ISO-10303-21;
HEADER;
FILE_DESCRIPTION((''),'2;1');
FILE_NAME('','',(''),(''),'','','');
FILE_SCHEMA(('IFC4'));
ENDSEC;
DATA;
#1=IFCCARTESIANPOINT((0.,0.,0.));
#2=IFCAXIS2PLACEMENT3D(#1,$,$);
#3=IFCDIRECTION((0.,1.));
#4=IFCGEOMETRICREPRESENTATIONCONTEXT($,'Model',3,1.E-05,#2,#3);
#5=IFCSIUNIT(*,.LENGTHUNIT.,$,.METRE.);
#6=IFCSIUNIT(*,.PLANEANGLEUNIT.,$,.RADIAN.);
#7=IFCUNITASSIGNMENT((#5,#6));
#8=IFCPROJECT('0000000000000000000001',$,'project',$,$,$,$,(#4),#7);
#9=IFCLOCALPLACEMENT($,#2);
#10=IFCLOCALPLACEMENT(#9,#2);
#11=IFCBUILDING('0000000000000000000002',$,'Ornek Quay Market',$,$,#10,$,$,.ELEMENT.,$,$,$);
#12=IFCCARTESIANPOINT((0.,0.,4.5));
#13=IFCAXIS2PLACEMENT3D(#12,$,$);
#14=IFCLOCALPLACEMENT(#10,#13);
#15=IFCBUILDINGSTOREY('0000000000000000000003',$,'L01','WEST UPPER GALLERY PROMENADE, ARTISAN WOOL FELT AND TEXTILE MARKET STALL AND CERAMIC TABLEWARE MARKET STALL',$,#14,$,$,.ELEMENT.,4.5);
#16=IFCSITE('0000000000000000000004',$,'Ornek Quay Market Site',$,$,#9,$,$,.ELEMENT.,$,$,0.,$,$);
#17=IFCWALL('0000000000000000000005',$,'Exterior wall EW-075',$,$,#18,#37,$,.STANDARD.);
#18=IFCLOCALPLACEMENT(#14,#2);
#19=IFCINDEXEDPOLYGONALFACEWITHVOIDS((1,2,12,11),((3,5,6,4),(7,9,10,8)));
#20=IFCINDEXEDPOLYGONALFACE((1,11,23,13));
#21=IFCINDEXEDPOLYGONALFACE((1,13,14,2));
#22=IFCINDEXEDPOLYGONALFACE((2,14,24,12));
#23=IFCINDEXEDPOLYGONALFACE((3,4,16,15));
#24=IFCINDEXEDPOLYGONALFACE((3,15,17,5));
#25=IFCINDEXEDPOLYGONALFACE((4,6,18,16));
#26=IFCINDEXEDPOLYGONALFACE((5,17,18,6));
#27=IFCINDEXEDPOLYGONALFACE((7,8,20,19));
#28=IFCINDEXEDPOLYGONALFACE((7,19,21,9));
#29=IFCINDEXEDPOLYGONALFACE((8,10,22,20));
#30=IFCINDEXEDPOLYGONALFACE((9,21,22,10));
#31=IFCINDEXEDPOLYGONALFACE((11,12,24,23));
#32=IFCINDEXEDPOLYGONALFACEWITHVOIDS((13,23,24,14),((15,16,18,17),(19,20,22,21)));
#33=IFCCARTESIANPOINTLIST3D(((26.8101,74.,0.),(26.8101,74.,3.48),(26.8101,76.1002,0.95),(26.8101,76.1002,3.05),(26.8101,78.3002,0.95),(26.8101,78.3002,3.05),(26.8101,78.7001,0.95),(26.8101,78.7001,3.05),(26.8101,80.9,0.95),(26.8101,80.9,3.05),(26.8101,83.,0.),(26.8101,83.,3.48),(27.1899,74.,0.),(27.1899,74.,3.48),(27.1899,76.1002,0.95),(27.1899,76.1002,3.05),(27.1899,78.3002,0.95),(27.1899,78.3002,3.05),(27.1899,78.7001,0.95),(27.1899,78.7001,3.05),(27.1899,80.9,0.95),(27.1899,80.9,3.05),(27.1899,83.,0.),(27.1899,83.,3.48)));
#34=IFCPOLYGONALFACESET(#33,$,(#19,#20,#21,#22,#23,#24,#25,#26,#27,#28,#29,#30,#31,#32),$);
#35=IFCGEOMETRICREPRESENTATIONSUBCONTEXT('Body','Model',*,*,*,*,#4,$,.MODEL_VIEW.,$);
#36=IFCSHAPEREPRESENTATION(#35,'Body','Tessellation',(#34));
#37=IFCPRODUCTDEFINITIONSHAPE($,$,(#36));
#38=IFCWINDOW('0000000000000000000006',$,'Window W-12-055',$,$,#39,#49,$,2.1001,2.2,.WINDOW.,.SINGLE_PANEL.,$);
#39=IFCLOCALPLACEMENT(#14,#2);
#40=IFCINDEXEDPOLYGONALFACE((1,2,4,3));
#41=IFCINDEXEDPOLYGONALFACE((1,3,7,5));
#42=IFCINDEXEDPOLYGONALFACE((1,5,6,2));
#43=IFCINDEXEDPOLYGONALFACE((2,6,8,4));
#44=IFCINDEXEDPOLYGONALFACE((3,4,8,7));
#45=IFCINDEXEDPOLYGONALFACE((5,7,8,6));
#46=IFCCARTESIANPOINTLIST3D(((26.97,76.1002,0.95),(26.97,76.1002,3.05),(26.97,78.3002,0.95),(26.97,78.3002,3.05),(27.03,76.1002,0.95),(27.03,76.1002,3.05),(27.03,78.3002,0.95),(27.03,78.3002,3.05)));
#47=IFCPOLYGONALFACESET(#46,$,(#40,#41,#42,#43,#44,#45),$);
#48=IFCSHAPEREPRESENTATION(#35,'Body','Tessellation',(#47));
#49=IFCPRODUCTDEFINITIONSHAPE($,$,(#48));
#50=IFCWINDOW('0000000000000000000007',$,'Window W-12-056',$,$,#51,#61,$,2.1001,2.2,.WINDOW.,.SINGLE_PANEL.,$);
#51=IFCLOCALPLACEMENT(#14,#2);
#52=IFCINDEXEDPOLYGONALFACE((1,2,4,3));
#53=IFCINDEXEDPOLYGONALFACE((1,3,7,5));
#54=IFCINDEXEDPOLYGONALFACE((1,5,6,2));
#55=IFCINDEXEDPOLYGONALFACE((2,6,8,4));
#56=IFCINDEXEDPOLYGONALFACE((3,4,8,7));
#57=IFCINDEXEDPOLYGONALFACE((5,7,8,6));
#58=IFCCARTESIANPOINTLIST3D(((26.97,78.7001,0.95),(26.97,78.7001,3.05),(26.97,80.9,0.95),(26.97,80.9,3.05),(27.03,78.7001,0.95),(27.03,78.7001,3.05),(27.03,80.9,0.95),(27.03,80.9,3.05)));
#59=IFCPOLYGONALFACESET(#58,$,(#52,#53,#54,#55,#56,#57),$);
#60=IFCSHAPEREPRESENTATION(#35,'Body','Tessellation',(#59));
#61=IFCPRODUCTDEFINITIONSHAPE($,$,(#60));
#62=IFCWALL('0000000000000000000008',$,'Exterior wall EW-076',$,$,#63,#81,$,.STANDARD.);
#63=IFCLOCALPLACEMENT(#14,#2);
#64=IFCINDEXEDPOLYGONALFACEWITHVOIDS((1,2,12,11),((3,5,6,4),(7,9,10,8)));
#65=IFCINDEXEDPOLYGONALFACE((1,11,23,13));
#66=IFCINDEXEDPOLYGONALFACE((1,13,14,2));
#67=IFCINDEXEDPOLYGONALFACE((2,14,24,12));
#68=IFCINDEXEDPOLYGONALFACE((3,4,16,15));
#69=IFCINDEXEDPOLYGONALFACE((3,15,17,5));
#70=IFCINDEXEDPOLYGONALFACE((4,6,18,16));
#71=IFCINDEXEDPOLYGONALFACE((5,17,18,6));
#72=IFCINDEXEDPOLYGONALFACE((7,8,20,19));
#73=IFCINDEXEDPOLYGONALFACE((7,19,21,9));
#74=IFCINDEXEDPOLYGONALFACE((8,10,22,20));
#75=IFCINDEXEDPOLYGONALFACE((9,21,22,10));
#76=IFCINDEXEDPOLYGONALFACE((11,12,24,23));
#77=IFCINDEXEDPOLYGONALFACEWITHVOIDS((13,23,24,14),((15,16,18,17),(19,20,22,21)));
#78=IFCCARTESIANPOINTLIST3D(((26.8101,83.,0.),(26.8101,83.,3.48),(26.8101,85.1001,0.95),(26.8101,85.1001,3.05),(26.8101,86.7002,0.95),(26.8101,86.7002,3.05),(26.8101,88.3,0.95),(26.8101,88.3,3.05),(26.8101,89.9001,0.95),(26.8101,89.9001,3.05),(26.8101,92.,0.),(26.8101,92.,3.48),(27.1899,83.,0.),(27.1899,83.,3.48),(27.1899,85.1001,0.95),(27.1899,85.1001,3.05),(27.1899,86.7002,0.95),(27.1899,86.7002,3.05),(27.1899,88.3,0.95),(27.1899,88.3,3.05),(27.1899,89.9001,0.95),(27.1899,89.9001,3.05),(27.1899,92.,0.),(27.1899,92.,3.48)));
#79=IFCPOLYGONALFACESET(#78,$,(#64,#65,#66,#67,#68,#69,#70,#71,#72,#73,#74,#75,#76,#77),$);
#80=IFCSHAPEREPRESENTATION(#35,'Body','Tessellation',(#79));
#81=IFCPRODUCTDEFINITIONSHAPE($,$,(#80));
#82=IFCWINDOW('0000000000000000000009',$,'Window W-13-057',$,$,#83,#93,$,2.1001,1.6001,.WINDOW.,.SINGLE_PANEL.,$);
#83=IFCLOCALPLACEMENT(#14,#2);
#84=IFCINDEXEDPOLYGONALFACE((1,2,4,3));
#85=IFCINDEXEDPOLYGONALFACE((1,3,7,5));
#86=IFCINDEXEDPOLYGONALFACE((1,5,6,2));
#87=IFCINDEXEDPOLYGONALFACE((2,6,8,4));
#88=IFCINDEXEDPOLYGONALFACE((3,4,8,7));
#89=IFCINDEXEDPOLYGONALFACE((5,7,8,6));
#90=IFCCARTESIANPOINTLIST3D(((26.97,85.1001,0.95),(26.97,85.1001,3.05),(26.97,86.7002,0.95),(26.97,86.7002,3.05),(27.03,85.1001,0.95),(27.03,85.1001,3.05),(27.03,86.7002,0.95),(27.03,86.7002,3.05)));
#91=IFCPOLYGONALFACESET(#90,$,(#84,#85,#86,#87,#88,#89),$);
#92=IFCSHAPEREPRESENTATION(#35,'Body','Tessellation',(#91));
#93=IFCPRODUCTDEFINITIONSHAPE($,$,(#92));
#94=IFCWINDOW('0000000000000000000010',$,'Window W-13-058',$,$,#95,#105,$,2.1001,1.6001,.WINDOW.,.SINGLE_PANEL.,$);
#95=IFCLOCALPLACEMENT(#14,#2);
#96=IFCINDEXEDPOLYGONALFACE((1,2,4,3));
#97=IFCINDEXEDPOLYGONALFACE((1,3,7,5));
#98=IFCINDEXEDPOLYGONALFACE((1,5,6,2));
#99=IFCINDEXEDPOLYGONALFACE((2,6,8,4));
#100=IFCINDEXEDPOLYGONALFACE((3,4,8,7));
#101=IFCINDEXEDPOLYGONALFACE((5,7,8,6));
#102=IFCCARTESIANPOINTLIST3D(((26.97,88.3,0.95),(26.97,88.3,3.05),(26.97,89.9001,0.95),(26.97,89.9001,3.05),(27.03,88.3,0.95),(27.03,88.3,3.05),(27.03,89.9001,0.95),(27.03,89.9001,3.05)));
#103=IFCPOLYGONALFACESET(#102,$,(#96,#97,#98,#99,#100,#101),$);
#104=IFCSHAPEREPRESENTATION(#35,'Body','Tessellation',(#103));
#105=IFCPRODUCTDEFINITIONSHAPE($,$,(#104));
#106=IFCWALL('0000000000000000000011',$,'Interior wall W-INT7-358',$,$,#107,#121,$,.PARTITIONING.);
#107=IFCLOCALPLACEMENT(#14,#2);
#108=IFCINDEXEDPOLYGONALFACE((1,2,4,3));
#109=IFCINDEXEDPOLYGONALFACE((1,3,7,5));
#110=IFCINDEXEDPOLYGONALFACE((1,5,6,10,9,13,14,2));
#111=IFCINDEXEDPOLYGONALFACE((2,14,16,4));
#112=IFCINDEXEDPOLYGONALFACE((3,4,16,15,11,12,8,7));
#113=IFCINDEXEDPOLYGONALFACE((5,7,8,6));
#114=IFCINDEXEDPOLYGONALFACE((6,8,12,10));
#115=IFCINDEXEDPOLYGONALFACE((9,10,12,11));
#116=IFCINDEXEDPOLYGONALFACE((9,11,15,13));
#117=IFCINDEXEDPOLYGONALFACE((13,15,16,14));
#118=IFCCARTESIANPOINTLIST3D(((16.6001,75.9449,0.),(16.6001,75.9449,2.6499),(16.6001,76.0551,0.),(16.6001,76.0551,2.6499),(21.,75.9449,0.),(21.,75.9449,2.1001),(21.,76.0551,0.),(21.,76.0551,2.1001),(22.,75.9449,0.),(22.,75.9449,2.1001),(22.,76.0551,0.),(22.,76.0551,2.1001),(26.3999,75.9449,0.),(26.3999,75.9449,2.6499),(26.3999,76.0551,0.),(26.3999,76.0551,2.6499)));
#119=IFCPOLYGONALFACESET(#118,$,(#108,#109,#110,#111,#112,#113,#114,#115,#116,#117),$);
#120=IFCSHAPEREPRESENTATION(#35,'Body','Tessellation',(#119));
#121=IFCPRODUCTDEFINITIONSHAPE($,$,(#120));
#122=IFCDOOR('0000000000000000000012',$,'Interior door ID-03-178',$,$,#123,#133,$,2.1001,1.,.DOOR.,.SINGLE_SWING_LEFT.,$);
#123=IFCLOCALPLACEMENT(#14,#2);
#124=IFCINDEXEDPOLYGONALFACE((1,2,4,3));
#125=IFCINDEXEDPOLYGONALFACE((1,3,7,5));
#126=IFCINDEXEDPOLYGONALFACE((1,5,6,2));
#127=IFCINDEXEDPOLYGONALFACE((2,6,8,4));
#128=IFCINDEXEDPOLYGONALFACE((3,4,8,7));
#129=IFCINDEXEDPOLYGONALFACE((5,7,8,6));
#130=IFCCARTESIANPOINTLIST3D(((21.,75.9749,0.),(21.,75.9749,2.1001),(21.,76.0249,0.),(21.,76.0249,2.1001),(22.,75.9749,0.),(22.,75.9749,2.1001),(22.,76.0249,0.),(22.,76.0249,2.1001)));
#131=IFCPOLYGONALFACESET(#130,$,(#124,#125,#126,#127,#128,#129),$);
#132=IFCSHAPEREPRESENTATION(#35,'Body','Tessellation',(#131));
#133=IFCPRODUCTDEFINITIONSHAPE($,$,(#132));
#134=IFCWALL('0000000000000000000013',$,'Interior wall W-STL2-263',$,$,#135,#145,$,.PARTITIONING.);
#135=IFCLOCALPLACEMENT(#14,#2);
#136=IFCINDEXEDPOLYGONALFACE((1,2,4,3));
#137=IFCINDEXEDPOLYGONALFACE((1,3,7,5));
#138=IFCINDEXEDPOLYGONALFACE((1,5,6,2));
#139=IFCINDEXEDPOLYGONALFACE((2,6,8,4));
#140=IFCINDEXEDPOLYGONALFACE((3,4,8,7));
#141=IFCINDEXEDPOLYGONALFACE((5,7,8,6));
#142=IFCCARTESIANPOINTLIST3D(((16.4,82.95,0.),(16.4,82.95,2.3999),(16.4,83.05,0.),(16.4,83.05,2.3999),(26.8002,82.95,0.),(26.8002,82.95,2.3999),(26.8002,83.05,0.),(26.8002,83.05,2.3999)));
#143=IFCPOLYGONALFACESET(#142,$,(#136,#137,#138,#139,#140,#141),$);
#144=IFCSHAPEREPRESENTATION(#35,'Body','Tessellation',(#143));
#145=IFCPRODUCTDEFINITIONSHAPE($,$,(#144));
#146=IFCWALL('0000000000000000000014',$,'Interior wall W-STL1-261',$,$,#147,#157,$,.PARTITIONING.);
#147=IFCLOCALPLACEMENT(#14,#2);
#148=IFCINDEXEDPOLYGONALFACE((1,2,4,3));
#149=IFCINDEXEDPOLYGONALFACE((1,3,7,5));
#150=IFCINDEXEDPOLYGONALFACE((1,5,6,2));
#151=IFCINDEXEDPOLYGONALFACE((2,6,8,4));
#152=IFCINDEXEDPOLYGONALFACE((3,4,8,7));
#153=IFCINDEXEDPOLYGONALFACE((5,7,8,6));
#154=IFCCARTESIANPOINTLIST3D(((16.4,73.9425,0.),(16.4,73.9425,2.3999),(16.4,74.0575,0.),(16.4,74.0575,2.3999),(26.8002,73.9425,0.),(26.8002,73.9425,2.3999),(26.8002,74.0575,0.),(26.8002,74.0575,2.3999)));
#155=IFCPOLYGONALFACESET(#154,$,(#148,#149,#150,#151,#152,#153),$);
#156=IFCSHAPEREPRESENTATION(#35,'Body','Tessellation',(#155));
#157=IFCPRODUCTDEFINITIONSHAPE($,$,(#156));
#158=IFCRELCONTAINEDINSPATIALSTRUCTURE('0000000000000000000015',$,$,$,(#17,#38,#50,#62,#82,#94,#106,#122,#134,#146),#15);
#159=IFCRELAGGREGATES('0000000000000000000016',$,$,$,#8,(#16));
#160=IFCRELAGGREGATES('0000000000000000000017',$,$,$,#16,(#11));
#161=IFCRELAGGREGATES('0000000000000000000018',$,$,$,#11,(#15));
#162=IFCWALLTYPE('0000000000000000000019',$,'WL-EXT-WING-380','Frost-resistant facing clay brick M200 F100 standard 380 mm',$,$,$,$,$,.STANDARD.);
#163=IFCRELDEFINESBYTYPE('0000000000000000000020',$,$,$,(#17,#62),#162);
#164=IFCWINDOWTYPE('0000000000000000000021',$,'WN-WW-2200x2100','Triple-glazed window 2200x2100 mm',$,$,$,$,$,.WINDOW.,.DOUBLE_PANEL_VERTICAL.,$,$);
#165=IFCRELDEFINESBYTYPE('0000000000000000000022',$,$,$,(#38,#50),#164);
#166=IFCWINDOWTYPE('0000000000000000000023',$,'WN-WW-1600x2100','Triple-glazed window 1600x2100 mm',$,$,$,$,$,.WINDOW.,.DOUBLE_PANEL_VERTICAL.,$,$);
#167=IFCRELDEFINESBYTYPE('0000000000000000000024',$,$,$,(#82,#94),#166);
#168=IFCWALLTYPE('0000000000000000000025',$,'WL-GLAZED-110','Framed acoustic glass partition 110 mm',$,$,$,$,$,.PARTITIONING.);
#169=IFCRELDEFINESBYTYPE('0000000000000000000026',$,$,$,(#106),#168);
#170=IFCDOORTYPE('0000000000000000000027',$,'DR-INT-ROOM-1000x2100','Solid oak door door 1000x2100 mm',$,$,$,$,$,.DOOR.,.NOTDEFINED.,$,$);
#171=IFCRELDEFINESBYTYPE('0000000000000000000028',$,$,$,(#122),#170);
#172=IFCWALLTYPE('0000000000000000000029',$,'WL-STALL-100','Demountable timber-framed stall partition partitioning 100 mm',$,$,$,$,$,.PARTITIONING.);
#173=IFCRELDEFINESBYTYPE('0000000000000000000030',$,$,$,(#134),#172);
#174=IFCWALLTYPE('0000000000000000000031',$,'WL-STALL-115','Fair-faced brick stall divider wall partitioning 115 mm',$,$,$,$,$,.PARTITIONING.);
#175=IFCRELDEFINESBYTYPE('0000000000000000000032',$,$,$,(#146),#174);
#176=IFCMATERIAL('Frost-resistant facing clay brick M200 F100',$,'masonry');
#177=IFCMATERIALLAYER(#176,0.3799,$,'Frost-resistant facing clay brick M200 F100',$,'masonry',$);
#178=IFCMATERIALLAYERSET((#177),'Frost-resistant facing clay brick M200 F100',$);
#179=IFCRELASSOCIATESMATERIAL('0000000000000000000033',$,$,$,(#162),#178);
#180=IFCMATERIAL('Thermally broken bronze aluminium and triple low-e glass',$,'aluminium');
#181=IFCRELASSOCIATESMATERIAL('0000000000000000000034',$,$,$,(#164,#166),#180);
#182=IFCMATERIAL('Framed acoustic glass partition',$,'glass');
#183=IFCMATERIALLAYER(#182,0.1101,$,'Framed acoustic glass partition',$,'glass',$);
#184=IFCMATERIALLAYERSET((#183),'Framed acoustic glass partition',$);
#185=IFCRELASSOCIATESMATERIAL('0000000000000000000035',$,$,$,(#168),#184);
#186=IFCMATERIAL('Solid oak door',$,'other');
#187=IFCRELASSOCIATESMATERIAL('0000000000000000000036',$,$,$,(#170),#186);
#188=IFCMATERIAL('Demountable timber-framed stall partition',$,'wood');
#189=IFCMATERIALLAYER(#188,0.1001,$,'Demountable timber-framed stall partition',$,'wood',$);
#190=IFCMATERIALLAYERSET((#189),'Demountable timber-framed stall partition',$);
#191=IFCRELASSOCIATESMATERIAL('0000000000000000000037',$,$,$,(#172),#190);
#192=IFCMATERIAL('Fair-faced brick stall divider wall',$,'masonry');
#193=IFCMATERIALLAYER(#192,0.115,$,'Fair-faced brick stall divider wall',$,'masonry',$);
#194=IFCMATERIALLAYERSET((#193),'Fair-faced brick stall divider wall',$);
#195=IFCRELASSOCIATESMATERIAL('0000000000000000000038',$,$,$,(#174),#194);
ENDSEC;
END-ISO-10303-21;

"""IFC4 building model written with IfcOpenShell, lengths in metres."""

from ifc_helpers import new_model, si_unit, direction, frame, frame_2d, origin, place, context, subcontext, project, spatial, rectangle, extrude, material, layer, layer_set, type_object, element, fill, save


model = new_model("IFC4")

# Units and contexts
model_context = context("Model", 3, precision=1e-05, world=origin(), true_north=direction((0.0, 1.0)))
body_context = subcontext(model_context, "Body", "Model", "MODEL_VIEW")
ifc_project = project(units=[si_unit("LENGTHUNIT", "METRE"), si_unit("PLANEANGLEUNIT", "RADIAN")], contexts=[model_context])

# Site, building, storey
site_placement = place(None, origin())
site = spatial("IfcSite", under=ifc_project, at=site_placement, Name="Ornek Quay Market Site", CompositionType="ELEMENT", RefElevation=0.0)
building_placement = place(site_placement, origin())
building = spatial("IfcBuilding", under=site, at=building_placement, Name="Ornek Quay Market", CompositionType="ELEMENT")
storey_placement = place(building_placement, frame((0.0, 0.0, 4.5)))
storey = spatial("IfcBuildingStorey", under=building, at=storey_placement, Name="L01", Description="WEST UPPER GALLERY PROMENADE, ARTISAN WOOL FELT AND TEXTILE MARKET STALL AND CERAMIC TABLEWARE MARKET STALL", CompositionType="ELEMENT", Elevation=4.5)

# Walls, openings, windows
ifc_material_1 = material(Name="Frost-resistant facing clay brick M200 F100", Category="masonry")
ifc_layer_1 = layer(ifc_material_1, 0.3799, Name="Frost-resistant facing clay brick M200 F100", Category="masonry")
ifc_layer_set_1 = layer_set([ifc_layer_1], Name="Frost-resistant facing clay brick M200 F100")
wall_type_1 = type_object("IfcWallType", Name="WL-EXT-WING-380", Description="Frost-resistant facing clay brick M200 F100 standard 380 mm", PredefinedType="STANDARD", material=ifc_layer_set_1)
wall_1_placement = place(storey_placement, frame((27.0, 74.0, 0.0), z_axis=(0.0, 0.0, 1.0), x_axis=(0.0, 1.0, 0.0)))
wall_1 = element("IfcWall", 1, at=wall_1_placement, inside=storey, type_object=wall_type_1, Name="Exterior wall EW-075", PredefinedType="STANDARD", context=body_context, shape_type="SweptSolid", body=[
    extrude(rectangle(XDim=9.0, YDim=0.3799, at=frame_2d((4.5, 0.0))), origin(), (0.0, 0.0, 1.0), 3.48),
])
opening_1_placement = place(wall_1_placement, frame((2.1001, 0.0, 0.95)))
opening_1 = element("IfcOpeningElement", 2, at=opening_1_placement, cuts=wall_1, PredefinedType="OPENING", context=body_context, shape_type="SweptSolid", body=[
    extrude(rectangle(XDim=2.2, YDim=2.1001, at=frame_2d((1.1001, 1.05))), frame((0.0, 0.2, 0.0), z_axis=(0.0, -1.0, 0.0), x_axis=(1.0, 0.0, 0.0)), (0.0, 0.0, 1.0), 0.3999),
])
opening_2_placement = place(wall_1_placement, frame((4.7, 0.0, 0.95)))
opening_2 = element("IfcOpeningElement", 3, at=opening_2_placement, cuts=wall_1, PredefinedType="OPENING", context=body_context, shape_type="SweptSolid", body=[
    extrude(rectangle(XDim=2.2, YDim=2.1001, at=frame_2d((1.1001, 1.05))), frame((0.0, 0.2, 0.0), z_axis=(0.0, -1.0, 0.0), x_axis=(1.0, 0.0, 0.0)), (0.0, 0.0, 1.0), 0.3999),
])
ifc_material_2 = material(Name="Thermally broken bronze aluminium and triple low-e glass", Category="aluminium")
window_type_1 = type_object("IfcWindowType", Name="WN-WW-2200x2100", Description="Triple-glazed window 2200x2100 mm", PartitioningType="DOUBLE_PANEL_VERTICAL", PredefinedType="WINDOW", material=ifc_material_2)
window_1_placement = place(opening_1_placement, origin())
window_1 = element("IfcWindow", 4, at=window_1_placement, inside=storey, type_object=window_type_1, Name="Window W-12-055", OverallHeight=2.1001, OverallWidth=2.2, PartitioningType="SINGLE_PANEL", PredefinedType="WINDOW", context=body_context, shape_type="SweptSolid", body=[
    extrude(rectangle(XDim=2.2, YDim=2.1001, at=frame_2d((1.1001, 1.05))), frame((0.0, 0.03, 0.0), z_axis=(0.0, -1.0, 0.0), x_axis=(1.0, 0.0, 0.0)), (0.0, 0.0, 1.0), 0.0601),
])
fill(opening_1, window_1)
window_2_placement = place(opening_2_placement, origin())
window_2 = element("IfcWindow", 5, at=window_2_placement, inside=storey, type_object=window_type_1, Name="Window W-12-056", OverallHeight=2.1001, OverallWidth=2.2, PartitioningType="SINGLE_PANEL", PredefinedType="WINDOW", context=body_context, shape_type="SweptSolid", body=[
    extrude(rectangle(XDim=2.2, YDim=2.1001, at=frame_2d((1.1001, 1.05))), frame((0.0, 0.03, 0.0), z_axis=(0.0, -1.0, 0.0), x_axis=(1.0, 0.0, 0.0)), (0.0, 0.0, 1.0), 0.0601),
])
fill(opening_2, window_2)
wall_2_placement = place(storey_placement, frame((27.0, 83.0, 0.0), z_axis=(0.0, 0.0, 1.0), x_axis=(0.0, 1.0, 0.0)))
wall_2 = element("IfcWall", 6, at=wall_2_placement, inside=storey, type_object=wall_type_1, Name="Exterior wall EW-076", PredefinedType="STANDARD", context=body_context, shape_type="SweptSolid", body=[
    extrude(rectangle(XDim=9.0, YDim=0.3799, at=frame_2d((4.5, 0.0))), origin(), (0.0, 0.0, 1.0), 3.48),
])
opening_3_placement = place(wall_2_placement, frame((2.1001, 0.0, 0.95)))
opening_3 = element("IfcOpeningElement", 7, at=opening_3_placement, cuts=wall_2, PredefinedType="OPENING", context=body_context, shape_type="SweptSolid", body=[
    extrude(rectangle(XDim=1.6001, YDim=2.1001, at=frame_2d((0.8, 1.05))), frame((0.0, 0.2, 0.0), z_axis=(0.0, -1.0, 0.0), x_axis=(1.0, 0.0, 0.0)), (0.0, 0.0, 1.0), 0.3999),
])
opening_4_placement = place(wall_2_placement, frame((5.3, 0.0, 0.95)))
opening_4 = element("IfcOpeningElement", 8, at=opening_4_placement, cuts=wall_2, PredefinedType="OPENING", context=body_context, shape_type="SweptSolid", body=[
    extrude(rectangle(XDim=1.6001, YDim=2.1001, at=frame_2d((0.8, 1.05))), frame((0.0, 0.2, 0.0), z_axis=(0.0, -1.0, 0.0), x_axis=(1.0, 0.0, 0.0)), (0.0, 0.0, 1.0), 0.3999),
])
window_type_2 = type_object("IfcWindowType", Name="WN-WW-1600x2100", Description="Triple-glazed window 1600x2100 mm", PartitioningType="DOUBLE_PANEL_VERTICAL", PredefinedType="WINDOW", material=ifc_material_2)
window_3_placement = place(opening_3_placement, origin())
window_3 = element("IfcWindow", 9, at=window_3_placement, inside=storey, type_object=window_type_2, Name="Window W-13-057", OverallHeight=2.1001, OverallWidth=1.6001, PartitioningType="SINGLE_PANEL", PredefinedType="WINDOW", context=body_context, shape_type="SweptSolid", body=[
    extrude(rectangle(XDim=1.6001, YDim=2.1001, at=frame_2d((0.8, 1.05))), frame((0.0, 0.03, 0.0), z_axis=(0.0, -1.0, 0.0), x_axis=(1.0, 0.0, 0.0)), (0.0, 0.0, 1.0), 0.0601),
])
fill(opening_3, window_3)
window_4_placement = place(opening_4_placement, origin())
window_4 = element("IfcWindow", 10, at=window_4_placement, inside=storey, type_object=window_type_2, Name="Window W-13-058", OverallHeight=2.1001, OverallWidth=1.6001, PartitioningType="SINGLE_PANEL", PredefinedType="WINDOW", context=body_context, shape_type="SweptSolid", body=[
    extrude(rectangle(XDim=1.6001, YDim=2.1001, at=frame_2d((0.8, 1.05))), frame((0.0, 0.03, 0.0), z_axis=(0.0, -1.0, 0.0), x_axis=(1.0, 0.0, 0.0)), (0.0, 0.0, 1.0), 0.0601),
])
fill(opening_4, window_4)

# Wall, opening, door
ifc_material_3 = material(Name="Framed acoustic glass partition", Category="glass")
ifc_layer_2 = layer(ifc_material_3, 0.1101, Name="Framed acoustic glass partition", Category="glass")
ifc_layer_set_2 = layer_set([ifc_layer_2], Name="Framed acoustic glass partition")
wall_type_2 = type_object("IfcWallType", Name="WL-GLAZED-110", Description="Framed acoustic glass partition 110 mm", PredefinedType="PARTITIONING", material=ifc_layer_set_2)
wall_3_placement = place(storey_placement, frame((16.6001, 76.0, 0.0), z_axis=(0.0, 0.0, 1.0), x_axis=(1.0, 0.0, 0.0)))
wall_3 = element("IfcWall", 11, at=wall_3_placement, inside=storey, type_object=wall_type_2, Name="Interior wall W-INT7-358", PredefinedType="PARTITIONING", context=body_context, shape_type="SweptSolid", body=[
    extrude(rectangle(XDim=9.7998, YDim=0.1101, at=frame_2d((4.8999, 0.0))), origin(), (0.0, 0.0, 1.0), 2.6499),
])
opening_5_placement = place(wall_3_placement, frame((4.3999, 0.0, 0.0)))
opening_5 = element("IfcOpeningElement", 12, at=opening_5_placement, cuts=wall_3, PredefinedType="OPENING", context=body_context, shape_type="SweptSolid", body=[
    extrude(rectangle(XDim=1.0, YDim=2.1001, at=frame_2d((0.5, 1.05))), frame((0.0, 0.0649, 0.0), z_axis=(0.0, -1.0, 0.0), x_axis=(1.0, 0.0, 0.0)), (0.0, 0.0, 1.0), 0.1301),
])
ifc_material_4 = material(Name="Solid oak door", Category="other")
door_type = type_object("IfcDoorType", Name="DR-INT-ROOM-1000x2100", Description="Solid oak door door 1000x2100 mm", OperationType="NOTDEFINED", PredefinedType="DOOR", material=ifc_material_4)
door_placement = place(opening_5_placement, origin())
door = element("IfcDoor", 13, at=door_placement, inside=storey, type_object=door_type, Name="Interior door ID-03-178", OperationType="SINGLE_SWING_LEFT", OverallHeight=2.1001, OverallWidth=1.0, PredefinedType="DOOR", context=body_context, shape_type="SweptSolid", body=[
    extrude(rectangle(XDim=1.0, YDim=2.1001, at=frame_2d((0.5, 1.05))), frame((0.0, 0.0249, 0.0), z_axis=(0.0, -1.0, 0.0), x_axis=(1.0, 0.0, 0.0)), (0.0, 0.0, 1.0), 0.05),
])
fill(opening_5, door)

# Walls
ifc_material_5 = material(Name="Demountable timber-framed stall partition", Category="wood")
ifc_layer_3 = layer(ifc_material_5, 0.1001, Name="Demountable timber-framed stall partition", Category="wood")
ifc_layer_set_3 = layer_set([ifc_layer_3], Name="Demountable timber-framed stall partition")
wall_type_3 = type_object("IfcWallType", Name="WL-STALL-100", Description="Demountable timber-framed stall partition partitioning 100 mm", PredefinedType="PARTITIONING", material=ifc_layer_set_3)
wall_4_placement = place(storey_placement, frame((16.3999, 83.0, 0.0), z_axis=(0.0, 0.0, 1.0), x_axis=(1.0, 0.0, 0.0)))
element("IfcWall", 14, at=wall_4_placement, inside=storey, type_object=wall_type_3, Name="Interior wall W-STL2-263", PredefinedType="PARTITIONING", context=body_context, shape_type="SweptSolid", body=[
    extrude(rectangle(XDim=10.4001, YDim=0.1001, at=frame_2d((5.2002, 0.0))), origin(), (0.0, 0.0, 1.0), 2.3999),
])
ifc_material_6 = material(Name="Fair-faced brick stall divider wall", Category="masonry")
ifc_layer_4 = layer(ifc_material_6, 0.115, Name="Fair-faced brick stall divider wall", Category="masonry")
ifc_layer_set_4 = layer_set([ifc_layer_4], Name="Fair-faced brick stall divider wall")
wall_type_4 = type_object("IfcWallType", Name="WL-STALL-115", Description="Fair-faced brick stall divider wall partitioning 115 mm", PredefinedType="PARTITIONING", material=ifc_layer_set_4)
wall_5_placement = place(storey_placement, frame((16.3999, 74.0, 0.0), z_axis=(0.0, 0.0, 1.0), x_axis=(1.0, 0.0, 0.0)))
element("IfcWall", 15, at=wall_5_placement, inside=storey, type_object=wall_type_4, Name="Interior wall W-STL1-261", PredefinedType="PARTITIONING", context=body_context, shape_type="SweptSolid", body=[
    extrude(rectangle(XDim=10.4001, YDim=0.115, at=frame_2d((5.2002, 0.0))), origin(), (0.0, 0.0, 1.0), 2.3999),
])

save(model, "model.ifc")
